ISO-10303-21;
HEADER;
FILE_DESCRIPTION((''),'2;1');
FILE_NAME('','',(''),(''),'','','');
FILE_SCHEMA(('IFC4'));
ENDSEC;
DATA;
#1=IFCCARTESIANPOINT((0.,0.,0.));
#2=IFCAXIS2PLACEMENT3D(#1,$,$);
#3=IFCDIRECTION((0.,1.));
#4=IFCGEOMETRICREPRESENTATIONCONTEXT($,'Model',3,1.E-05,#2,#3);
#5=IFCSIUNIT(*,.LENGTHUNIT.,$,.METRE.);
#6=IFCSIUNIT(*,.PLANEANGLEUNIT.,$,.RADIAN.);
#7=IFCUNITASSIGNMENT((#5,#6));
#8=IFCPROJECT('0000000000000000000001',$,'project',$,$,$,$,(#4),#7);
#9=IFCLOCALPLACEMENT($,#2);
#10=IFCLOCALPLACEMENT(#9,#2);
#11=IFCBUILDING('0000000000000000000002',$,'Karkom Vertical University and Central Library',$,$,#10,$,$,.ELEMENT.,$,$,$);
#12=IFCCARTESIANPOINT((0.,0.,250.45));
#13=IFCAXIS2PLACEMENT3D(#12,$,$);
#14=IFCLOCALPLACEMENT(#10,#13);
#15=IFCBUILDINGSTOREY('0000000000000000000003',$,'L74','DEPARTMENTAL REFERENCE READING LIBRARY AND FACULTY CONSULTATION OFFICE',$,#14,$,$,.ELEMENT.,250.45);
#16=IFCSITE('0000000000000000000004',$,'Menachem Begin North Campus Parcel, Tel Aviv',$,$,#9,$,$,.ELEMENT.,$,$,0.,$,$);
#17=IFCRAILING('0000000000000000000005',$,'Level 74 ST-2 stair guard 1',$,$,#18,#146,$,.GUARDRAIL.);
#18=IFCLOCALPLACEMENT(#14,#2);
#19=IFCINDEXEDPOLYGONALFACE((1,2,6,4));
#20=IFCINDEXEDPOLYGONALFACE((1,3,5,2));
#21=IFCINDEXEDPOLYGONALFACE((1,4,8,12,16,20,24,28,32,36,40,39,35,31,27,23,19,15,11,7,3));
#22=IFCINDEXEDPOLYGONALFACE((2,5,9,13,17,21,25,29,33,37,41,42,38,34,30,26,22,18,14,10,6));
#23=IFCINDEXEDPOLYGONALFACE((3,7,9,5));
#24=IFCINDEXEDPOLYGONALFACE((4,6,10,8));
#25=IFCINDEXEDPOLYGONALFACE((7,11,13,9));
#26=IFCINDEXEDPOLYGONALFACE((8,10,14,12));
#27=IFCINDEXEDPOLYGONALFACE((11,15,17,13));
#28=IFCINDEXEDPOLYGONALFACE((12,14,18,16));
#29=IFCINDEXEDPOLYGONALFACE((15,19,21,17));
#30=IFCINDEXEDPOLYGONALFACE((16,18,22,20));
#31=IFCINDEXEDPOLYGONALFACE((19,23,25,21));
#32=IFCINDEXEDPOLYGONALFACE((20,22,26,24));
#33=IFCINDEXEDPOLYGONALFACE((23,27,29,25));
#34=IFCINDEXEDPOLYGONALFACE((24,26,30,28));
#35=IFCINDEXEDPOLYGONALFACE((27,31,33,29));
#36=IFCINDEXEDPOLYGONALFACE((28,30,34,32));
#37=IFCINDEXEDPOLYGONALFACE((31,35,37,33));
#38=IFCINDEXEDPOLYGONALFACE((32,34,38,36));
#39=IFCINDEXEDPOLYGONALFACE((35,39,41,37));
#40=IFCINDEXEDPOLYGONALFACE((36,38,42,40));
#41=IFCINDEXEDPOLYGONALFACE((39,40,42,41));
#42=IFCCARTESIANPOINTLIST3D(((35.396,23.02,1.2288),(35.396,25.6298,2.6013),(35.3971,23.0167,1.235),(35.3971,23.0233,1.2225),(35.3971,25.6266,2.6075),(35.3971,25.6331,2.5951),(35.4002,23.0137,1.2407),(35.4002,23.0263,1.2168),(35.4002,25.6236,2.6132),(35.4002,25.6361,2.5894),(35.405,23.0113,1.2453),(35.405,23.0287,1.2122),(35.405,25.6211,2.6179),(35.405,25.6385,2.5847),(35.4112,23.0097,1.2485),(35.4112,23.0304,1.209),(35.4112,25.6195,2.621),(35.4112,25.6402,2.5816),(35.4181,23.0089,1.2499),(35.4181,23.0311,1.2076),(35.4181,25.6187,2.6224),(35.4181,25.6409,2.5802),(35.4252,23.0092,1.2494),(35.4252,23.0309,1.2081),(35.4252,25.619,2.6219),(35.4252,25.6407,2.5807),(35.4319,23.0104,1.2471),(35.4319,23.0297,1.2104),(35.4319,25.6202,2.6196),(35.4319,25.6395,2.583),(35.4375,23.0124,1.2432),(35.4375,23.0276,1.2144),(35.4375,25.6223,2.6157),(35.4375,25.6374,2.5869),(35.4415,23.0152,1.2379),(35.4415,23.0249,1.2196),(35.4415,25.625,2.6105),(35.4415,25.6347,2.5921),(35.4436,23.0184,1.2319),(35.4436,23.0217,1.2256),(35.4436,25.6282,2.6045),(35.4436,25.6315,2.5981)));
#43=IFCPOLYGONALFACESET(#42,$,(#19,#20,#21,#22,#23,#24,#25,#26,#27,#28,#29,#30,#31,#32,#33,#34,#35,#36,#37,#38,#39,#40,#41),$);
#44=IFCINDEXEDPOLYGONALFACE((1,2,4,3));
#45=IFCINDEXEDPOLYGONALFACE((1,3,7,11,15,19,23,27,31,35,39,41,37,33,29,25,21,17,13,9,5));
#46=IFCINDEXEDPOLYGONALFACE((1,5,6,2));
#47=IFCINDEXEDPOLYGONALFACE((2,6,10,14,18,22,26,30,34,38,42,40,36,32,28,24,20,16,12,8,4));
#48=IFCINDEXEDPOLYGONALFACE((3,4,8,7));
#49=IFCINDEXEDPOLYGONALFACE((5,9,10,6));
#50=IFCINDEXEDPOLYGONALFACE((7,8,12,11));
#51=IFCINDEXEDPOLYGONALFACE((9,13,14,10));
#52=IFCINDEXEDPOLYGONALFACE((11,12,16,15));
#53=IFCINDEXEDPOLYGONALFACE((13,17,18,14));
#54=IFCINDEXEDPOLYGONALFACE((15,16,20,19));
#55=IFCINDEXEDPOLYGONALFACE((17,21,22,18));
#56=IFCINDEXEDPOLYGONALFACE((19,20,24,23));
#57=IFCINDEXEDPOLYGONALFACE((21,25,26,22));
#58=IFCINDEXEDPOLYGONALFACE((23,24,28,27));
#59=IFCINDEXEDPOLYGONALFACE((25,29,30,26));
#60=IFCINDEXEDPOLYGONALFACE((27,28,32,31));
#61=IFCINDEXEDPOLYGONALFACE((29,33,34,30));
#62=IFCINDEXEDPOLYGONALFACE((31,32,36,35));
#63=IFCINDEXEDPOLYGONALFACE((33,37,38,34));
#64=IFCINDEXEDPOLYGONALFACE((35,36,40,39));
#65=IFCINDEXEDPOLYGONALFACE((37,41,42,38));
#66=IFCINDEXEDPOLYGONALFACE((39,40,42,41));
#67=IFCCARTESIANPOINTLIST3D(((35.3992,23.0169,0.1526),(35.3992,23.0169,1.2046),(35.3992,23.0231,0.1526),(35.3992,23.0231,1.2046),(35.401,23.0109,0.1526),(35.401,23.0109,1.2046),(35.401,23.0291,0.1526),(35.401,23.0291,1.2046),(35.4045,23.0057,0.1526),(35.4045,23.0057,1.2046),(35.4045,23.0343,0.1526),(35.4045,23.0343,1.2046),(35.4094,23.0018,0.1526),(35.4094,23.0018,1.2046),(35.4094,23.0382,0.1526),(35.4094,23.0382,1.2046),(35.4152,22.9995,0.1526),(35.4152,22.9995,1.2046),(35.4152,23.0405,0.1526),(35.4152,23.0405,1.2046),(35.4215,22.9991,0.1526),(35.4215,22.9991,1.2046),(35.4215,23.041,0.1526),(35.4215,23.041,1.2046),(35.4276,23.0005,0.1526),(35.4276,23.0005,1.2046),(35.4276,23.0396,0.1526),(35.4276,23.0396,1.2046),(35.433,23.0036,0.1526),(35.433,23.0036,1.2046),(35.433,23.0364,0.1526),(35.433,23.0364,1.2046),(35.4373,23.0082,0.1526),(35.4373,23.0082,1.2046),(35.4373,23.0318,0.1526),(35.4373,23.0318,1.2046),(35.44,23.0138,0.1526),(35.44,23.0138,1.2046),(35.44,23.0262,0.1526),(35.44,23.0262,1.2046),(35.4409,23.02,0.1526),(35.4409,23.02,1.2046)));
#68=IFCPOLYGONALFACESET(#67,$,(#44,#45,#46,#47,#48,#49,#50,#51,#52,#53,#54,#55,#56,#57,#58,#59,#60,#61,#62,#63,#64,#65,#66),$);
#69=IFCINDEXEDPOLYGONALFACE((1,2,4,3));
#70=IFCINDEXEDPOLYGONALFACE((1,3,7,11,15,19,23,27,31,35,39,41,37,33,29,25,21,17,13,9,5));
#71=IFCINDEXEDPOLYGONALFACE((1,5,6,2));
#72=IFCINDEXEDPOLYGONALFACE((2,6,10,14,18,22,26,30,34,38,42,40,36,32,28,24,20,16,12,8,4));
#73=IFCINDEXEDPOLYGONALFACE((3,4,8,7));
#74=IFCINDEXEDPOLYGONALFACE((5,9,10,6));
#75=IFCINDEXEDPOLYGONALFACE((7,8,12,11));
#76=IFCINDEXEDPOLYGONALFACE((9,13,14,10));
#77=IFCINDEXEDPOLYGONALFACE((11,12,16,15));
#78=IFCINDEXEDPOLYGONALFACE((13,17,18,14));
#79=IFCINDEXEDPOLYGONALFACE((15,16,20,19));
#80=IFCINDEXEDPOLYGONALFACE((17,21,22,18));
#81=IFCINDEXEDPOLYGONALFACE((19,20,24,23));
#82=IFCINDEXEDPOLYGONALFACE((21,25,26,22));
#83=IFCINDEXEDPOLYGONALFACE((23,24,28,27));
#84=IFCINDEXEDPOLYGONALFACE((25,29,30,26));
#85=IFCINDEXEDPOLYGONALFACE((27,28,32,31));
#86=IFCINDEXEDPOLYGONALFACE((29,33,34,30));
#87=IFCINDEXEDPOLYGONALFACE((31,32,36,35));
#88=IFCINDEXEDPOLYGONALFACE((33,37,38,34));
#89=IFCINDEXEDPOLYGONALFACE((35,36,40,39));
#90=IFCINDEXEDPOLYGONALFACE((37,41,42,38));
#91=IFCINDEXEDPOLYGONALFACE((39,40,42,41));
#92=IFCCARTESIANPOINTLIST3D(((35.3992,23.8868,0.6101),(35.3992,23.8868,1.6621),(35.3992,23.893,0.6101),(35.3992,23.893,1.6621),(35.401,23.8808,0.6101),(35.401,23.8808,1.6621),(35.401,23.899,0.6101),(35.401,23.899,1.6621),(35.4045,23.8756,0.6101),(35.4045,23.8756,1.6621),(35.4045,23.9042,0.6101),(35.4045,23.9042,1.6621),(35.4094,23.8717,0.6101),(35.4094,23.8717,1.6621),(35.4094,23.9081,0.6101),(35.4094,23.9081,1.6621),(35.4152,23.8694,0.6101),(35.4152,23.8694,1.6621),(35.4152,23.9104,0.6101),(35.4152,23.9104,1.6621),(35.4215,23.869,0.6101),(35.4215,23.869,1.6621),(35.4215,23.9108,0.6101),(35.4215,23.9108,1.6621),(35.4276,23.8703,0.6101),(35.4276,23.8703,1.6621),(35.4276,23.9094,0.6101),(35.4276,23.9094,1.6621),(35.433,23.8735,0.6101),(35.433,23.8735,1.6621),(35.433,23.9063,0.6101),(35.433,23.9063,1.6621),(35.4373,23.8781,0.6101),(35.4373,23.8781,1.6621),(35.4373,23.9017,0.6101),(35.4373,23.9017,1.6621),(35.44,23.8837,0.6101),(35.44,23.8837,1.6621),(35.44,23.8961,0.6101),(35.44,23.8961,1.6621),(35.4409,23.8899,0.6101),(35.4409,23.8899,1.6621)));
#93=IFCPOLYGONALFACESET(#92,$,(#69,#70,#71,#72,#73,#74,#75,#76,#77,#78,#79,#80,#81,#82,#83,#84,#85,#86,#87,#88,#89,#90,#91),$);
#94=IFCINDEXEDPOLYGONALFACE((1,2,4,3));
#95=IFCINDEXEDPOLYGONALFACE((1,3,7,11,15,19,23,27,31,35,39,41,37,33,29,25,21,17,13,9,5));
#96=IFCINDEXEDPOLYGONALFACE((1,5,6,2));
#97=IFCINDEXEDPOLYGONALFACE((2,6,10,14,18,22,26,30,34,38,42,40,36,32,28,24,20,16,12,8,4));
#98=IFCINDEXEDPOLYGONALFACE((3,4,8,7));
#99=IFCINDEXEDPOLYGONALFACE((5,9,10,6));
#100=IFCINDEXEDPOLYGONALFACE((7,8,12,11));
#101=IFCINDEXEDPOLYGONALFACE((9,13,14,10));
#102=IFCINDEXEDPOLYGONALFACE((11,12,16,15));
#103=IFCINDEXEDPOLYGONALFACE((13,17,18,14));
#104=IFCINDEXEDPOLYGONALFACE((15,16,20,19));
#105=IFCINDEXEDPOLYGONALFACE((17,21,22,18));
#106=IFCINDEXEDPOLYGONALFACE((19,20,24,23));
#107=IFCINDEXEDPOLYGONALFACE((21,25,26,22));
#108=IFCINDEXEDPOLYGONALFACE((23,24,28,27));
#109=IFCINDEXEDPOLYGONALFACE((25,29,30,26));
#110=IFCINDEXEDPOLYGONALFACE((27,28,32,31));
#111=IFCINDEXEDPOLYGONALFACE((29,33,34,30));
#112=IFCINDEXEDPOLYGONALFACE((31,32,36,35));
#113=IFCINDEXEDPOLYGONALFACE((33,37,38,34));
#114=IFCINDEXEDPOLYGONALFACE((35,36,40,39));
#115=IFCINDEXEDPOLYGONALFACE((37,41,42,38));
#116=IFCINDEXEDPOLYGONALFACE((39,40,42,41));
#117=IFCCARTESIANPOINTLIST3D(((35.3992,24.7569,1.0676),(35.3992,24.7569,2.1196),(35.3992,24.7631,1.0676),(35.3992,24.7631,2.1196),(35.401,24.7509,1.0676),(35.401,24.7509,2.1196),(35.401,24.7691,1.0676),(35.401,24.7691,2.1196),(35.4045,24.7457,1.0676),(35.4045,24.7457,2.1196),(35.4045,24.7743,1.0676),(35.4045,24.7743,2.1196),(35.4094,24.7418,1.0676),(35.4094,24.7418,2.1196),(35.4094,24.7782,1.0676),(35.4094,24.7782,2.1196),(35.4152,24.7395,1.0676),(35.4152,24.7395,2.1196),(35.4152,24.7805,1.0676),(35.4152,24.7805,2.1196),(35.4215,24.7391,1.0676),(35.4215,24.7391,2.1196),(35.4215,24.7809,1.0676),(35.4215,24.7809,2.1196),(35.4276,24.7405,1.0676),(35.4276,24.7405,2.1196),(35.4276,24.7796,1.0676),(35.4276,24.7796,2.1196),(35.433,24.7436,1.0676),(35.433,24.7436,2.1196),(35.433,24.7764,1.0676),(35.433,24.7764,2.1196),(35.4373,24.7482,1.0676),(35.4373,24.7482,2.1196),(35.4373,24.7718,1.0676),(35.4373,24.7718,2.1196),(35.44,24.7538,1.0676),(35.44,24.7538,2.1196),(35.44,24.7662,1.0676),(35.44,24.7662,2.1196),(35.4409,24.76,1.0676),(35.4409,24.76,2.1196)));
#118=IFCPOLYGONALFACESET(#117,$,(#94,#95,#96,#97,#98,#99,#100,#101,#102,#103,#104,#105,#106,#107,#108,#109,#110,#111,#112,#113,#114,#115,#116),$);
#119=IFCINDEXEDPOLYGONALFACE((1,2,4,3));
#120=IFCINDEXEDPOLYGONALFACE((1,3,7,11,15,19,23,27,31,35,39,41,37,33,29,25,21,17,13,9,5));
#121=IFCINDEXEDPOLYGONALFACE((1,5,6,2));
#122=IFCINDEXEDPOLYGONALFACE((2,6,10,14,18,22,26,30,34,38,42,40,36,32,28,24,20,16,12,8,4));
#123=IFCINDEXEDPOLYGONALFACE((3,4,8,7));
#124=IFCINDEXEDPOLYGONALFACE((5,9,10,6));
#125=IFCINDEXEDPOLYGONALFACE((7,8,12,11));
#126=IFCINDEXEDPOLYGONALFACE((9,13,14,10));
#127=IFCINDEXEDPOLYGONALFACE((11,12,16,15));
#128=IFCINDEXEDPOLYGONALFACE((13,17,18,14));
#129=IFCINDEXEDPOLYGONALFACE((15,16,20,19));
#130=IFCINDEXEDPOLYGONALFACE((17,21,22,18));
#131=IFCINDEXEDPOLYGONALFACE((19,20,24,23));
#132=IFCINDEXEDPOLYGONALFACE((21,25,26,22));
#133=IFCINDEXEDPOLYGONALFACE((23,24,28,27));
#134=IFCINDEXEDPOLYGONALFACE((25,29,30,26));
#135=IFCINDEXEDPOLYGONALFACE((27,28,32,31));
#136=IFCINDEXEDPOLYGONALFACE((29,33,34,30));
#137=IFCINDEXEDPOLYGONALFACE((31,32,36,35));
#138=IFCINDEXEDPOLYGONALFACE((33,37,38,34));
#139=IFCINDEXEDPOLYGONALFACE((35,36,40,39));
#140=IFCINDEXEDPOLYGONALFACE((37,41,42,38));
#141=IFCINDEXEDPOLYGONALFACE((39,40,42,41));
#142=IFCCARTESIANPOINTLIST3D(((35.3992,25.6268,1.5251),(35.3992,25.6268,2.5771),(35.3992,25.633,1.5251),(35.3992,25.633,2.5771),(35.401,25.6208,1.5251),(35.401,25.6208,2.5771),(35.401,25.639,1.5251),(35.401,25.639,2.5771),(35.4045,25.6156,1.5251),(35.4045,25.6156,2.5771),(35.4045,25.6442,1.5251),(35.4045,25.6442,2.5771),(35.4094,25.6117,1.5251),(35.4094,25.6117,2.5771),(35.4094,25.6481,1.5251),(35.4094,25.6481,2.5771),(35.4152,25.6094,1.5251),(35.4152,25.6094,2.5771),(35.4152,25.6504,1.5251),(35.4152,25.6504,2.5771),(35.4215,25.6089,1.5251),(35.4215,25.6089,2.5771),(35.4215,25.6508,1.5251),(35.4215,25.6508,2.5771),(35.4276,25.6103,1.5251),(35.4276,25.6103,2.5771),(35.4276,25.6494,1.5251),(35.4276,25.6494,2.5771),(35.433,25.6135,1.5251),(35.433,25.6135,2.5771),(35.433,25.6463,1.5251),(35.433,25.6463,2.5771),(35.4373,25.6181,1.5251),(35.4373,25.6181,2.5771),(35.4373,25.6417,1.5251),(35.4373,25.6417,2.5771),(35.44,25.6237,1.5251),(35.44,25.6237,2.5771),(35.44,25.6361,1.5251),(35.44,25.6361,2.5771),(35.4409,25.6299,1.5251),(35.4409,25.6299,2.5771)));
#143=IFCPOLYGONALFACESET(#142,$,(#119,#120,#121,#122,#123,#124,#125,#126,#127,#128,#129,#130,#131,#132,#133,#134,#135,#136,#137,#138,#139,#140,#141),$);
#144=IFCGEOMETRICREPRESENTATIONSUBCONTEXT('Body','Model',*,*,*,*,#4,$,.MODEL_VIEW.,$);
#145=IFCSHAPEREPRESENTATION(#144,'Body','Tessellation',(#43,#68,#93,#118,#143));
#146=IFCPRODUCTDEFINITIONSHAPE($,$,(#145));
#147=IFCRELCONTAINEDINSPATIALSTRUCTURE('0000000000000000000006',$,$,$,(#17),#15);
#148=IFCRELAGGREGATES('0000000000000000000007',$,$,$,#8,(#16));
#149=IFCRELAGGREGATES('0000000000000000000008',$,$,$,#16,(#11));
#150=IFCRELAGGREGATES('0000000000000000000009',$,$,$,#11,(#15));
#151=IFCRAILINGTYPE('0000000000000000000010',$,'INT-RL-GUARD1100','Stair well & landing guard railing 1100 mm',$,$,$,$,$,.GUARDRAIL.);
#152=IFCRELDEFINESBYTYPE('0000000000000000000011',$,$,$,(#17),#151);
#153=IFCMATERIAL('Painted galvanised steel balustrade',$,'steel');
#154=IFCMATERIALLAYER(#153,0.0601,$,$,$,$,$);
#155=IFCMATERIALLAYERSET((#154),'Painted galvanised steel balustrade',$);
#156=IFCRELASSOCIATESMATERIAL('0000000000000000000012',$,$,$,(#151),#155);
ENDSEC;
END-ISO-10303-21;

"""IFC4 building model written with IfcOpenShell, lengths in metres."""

from ifc_helpers import new_model, si_unit, direction, frame, origin, origin_2d, place, context, subcontext, project, spatial, circle, extrude, material, layer, layer_set, type_object, element, save


model = new_model("IFC4")

# Units and contexts
model_context = context("Model", 3, precision=1e-05, world=origin(), true_north=direction((0.0, 1.0)))
body_context = subcontext(model_context, "Body", "Model", "MODEL_VIEW")
ifc_project = project(units=[si_unit("LENGTHUNIT", "METRE"), si_unit("PLANEANGLEUNIT", "RADIAN")], contexts=[model_context])

# Site, building, storey
site_placement = place(None, origin())
site = spatial("IfcSite", under=ifc_project, at=site_placement, Name="Menachem Begin North Campus Parcel, Tel Aviv", CompositionType="ELEMENT", RefElevation=0.0)
building_placement = place(site_placement, origin())
building = spatial("IfcBuilding", under=site, at=building_placement, Name="Karkom Vertical University and Central Library", CompositionType="ELEMENT")
storey_placement = place(building_placement, frame((0.0, 0.0, 250.45)))
storey = spatial("IfcBuildingStorey", under=building, at=storey_placement, Name="L74", Description="DEPARTMENTAL REFERENCE READING LIBRARY AND FACULTY CONSULTATION OFFICE", CompositionType="ELEMENT", Elevation=250.45)

# Railing
ifc_material_1 = material(Name="Painted galvanised steel balustrade", Category="steel")
ifc_layer_1 = layer(ifc_material_1, 0.0601)
ifc_layer_set_1 = layer_set([ifc_layer_1], Name="Painted galvanised steel balustrade")
railing_type = type_object("IfcRailingType", Name="INT-RL-GUARD1100", Description="Stair well & landing guard railing 1100 mm", PredefinedType="GUARDRAIL", material=ifc_layer_set_1)
railing_1_placement = place(storey_placement, frame((35.4199, 23.02, 0.1526)))
element("IfcRailing", 1, at=railing_1_placement, inside=storey, type_object=railing_type, Name="Level 74 ST-2 stair guard 1", PredefinedType="GUARDRAIL", context=body_context, shape_type="SweptSolid", body=[
    extrude(circle(Radius=0.0239, at=origin_2d()), frame((0.0, 0.0, 1.0762), z_axis=(0.0, 0.885065, 0.465467), x_axis=(-1.0, 0.0, 0.0)), (0.0, 0.0, 1.0), 2.9487),
    extrude(circle(Radius=0.021, at=origin_2d()), origin(), (0.0, 0.0, 1.0), 1.052),
    extrude(circle(Radius=0.021, at=origin_2d()), frame((0.0, 0.8699, 0.4575)), (0.0, 0.0, 1.0), 1.052),
    extrude(circle(Radius=0.021, at=origin_2d()), frame((0.0, 1.74, 0.915)), (0.0, 0.0, 1.0), 1.052),
    extrude(circle(Radius=0.021, at=origin_2d()), frame((0.0, 2.6099, 1.3726)), (0.0, 0.0, 1.0), 1.052),
])

save(model, "model.ifc")
